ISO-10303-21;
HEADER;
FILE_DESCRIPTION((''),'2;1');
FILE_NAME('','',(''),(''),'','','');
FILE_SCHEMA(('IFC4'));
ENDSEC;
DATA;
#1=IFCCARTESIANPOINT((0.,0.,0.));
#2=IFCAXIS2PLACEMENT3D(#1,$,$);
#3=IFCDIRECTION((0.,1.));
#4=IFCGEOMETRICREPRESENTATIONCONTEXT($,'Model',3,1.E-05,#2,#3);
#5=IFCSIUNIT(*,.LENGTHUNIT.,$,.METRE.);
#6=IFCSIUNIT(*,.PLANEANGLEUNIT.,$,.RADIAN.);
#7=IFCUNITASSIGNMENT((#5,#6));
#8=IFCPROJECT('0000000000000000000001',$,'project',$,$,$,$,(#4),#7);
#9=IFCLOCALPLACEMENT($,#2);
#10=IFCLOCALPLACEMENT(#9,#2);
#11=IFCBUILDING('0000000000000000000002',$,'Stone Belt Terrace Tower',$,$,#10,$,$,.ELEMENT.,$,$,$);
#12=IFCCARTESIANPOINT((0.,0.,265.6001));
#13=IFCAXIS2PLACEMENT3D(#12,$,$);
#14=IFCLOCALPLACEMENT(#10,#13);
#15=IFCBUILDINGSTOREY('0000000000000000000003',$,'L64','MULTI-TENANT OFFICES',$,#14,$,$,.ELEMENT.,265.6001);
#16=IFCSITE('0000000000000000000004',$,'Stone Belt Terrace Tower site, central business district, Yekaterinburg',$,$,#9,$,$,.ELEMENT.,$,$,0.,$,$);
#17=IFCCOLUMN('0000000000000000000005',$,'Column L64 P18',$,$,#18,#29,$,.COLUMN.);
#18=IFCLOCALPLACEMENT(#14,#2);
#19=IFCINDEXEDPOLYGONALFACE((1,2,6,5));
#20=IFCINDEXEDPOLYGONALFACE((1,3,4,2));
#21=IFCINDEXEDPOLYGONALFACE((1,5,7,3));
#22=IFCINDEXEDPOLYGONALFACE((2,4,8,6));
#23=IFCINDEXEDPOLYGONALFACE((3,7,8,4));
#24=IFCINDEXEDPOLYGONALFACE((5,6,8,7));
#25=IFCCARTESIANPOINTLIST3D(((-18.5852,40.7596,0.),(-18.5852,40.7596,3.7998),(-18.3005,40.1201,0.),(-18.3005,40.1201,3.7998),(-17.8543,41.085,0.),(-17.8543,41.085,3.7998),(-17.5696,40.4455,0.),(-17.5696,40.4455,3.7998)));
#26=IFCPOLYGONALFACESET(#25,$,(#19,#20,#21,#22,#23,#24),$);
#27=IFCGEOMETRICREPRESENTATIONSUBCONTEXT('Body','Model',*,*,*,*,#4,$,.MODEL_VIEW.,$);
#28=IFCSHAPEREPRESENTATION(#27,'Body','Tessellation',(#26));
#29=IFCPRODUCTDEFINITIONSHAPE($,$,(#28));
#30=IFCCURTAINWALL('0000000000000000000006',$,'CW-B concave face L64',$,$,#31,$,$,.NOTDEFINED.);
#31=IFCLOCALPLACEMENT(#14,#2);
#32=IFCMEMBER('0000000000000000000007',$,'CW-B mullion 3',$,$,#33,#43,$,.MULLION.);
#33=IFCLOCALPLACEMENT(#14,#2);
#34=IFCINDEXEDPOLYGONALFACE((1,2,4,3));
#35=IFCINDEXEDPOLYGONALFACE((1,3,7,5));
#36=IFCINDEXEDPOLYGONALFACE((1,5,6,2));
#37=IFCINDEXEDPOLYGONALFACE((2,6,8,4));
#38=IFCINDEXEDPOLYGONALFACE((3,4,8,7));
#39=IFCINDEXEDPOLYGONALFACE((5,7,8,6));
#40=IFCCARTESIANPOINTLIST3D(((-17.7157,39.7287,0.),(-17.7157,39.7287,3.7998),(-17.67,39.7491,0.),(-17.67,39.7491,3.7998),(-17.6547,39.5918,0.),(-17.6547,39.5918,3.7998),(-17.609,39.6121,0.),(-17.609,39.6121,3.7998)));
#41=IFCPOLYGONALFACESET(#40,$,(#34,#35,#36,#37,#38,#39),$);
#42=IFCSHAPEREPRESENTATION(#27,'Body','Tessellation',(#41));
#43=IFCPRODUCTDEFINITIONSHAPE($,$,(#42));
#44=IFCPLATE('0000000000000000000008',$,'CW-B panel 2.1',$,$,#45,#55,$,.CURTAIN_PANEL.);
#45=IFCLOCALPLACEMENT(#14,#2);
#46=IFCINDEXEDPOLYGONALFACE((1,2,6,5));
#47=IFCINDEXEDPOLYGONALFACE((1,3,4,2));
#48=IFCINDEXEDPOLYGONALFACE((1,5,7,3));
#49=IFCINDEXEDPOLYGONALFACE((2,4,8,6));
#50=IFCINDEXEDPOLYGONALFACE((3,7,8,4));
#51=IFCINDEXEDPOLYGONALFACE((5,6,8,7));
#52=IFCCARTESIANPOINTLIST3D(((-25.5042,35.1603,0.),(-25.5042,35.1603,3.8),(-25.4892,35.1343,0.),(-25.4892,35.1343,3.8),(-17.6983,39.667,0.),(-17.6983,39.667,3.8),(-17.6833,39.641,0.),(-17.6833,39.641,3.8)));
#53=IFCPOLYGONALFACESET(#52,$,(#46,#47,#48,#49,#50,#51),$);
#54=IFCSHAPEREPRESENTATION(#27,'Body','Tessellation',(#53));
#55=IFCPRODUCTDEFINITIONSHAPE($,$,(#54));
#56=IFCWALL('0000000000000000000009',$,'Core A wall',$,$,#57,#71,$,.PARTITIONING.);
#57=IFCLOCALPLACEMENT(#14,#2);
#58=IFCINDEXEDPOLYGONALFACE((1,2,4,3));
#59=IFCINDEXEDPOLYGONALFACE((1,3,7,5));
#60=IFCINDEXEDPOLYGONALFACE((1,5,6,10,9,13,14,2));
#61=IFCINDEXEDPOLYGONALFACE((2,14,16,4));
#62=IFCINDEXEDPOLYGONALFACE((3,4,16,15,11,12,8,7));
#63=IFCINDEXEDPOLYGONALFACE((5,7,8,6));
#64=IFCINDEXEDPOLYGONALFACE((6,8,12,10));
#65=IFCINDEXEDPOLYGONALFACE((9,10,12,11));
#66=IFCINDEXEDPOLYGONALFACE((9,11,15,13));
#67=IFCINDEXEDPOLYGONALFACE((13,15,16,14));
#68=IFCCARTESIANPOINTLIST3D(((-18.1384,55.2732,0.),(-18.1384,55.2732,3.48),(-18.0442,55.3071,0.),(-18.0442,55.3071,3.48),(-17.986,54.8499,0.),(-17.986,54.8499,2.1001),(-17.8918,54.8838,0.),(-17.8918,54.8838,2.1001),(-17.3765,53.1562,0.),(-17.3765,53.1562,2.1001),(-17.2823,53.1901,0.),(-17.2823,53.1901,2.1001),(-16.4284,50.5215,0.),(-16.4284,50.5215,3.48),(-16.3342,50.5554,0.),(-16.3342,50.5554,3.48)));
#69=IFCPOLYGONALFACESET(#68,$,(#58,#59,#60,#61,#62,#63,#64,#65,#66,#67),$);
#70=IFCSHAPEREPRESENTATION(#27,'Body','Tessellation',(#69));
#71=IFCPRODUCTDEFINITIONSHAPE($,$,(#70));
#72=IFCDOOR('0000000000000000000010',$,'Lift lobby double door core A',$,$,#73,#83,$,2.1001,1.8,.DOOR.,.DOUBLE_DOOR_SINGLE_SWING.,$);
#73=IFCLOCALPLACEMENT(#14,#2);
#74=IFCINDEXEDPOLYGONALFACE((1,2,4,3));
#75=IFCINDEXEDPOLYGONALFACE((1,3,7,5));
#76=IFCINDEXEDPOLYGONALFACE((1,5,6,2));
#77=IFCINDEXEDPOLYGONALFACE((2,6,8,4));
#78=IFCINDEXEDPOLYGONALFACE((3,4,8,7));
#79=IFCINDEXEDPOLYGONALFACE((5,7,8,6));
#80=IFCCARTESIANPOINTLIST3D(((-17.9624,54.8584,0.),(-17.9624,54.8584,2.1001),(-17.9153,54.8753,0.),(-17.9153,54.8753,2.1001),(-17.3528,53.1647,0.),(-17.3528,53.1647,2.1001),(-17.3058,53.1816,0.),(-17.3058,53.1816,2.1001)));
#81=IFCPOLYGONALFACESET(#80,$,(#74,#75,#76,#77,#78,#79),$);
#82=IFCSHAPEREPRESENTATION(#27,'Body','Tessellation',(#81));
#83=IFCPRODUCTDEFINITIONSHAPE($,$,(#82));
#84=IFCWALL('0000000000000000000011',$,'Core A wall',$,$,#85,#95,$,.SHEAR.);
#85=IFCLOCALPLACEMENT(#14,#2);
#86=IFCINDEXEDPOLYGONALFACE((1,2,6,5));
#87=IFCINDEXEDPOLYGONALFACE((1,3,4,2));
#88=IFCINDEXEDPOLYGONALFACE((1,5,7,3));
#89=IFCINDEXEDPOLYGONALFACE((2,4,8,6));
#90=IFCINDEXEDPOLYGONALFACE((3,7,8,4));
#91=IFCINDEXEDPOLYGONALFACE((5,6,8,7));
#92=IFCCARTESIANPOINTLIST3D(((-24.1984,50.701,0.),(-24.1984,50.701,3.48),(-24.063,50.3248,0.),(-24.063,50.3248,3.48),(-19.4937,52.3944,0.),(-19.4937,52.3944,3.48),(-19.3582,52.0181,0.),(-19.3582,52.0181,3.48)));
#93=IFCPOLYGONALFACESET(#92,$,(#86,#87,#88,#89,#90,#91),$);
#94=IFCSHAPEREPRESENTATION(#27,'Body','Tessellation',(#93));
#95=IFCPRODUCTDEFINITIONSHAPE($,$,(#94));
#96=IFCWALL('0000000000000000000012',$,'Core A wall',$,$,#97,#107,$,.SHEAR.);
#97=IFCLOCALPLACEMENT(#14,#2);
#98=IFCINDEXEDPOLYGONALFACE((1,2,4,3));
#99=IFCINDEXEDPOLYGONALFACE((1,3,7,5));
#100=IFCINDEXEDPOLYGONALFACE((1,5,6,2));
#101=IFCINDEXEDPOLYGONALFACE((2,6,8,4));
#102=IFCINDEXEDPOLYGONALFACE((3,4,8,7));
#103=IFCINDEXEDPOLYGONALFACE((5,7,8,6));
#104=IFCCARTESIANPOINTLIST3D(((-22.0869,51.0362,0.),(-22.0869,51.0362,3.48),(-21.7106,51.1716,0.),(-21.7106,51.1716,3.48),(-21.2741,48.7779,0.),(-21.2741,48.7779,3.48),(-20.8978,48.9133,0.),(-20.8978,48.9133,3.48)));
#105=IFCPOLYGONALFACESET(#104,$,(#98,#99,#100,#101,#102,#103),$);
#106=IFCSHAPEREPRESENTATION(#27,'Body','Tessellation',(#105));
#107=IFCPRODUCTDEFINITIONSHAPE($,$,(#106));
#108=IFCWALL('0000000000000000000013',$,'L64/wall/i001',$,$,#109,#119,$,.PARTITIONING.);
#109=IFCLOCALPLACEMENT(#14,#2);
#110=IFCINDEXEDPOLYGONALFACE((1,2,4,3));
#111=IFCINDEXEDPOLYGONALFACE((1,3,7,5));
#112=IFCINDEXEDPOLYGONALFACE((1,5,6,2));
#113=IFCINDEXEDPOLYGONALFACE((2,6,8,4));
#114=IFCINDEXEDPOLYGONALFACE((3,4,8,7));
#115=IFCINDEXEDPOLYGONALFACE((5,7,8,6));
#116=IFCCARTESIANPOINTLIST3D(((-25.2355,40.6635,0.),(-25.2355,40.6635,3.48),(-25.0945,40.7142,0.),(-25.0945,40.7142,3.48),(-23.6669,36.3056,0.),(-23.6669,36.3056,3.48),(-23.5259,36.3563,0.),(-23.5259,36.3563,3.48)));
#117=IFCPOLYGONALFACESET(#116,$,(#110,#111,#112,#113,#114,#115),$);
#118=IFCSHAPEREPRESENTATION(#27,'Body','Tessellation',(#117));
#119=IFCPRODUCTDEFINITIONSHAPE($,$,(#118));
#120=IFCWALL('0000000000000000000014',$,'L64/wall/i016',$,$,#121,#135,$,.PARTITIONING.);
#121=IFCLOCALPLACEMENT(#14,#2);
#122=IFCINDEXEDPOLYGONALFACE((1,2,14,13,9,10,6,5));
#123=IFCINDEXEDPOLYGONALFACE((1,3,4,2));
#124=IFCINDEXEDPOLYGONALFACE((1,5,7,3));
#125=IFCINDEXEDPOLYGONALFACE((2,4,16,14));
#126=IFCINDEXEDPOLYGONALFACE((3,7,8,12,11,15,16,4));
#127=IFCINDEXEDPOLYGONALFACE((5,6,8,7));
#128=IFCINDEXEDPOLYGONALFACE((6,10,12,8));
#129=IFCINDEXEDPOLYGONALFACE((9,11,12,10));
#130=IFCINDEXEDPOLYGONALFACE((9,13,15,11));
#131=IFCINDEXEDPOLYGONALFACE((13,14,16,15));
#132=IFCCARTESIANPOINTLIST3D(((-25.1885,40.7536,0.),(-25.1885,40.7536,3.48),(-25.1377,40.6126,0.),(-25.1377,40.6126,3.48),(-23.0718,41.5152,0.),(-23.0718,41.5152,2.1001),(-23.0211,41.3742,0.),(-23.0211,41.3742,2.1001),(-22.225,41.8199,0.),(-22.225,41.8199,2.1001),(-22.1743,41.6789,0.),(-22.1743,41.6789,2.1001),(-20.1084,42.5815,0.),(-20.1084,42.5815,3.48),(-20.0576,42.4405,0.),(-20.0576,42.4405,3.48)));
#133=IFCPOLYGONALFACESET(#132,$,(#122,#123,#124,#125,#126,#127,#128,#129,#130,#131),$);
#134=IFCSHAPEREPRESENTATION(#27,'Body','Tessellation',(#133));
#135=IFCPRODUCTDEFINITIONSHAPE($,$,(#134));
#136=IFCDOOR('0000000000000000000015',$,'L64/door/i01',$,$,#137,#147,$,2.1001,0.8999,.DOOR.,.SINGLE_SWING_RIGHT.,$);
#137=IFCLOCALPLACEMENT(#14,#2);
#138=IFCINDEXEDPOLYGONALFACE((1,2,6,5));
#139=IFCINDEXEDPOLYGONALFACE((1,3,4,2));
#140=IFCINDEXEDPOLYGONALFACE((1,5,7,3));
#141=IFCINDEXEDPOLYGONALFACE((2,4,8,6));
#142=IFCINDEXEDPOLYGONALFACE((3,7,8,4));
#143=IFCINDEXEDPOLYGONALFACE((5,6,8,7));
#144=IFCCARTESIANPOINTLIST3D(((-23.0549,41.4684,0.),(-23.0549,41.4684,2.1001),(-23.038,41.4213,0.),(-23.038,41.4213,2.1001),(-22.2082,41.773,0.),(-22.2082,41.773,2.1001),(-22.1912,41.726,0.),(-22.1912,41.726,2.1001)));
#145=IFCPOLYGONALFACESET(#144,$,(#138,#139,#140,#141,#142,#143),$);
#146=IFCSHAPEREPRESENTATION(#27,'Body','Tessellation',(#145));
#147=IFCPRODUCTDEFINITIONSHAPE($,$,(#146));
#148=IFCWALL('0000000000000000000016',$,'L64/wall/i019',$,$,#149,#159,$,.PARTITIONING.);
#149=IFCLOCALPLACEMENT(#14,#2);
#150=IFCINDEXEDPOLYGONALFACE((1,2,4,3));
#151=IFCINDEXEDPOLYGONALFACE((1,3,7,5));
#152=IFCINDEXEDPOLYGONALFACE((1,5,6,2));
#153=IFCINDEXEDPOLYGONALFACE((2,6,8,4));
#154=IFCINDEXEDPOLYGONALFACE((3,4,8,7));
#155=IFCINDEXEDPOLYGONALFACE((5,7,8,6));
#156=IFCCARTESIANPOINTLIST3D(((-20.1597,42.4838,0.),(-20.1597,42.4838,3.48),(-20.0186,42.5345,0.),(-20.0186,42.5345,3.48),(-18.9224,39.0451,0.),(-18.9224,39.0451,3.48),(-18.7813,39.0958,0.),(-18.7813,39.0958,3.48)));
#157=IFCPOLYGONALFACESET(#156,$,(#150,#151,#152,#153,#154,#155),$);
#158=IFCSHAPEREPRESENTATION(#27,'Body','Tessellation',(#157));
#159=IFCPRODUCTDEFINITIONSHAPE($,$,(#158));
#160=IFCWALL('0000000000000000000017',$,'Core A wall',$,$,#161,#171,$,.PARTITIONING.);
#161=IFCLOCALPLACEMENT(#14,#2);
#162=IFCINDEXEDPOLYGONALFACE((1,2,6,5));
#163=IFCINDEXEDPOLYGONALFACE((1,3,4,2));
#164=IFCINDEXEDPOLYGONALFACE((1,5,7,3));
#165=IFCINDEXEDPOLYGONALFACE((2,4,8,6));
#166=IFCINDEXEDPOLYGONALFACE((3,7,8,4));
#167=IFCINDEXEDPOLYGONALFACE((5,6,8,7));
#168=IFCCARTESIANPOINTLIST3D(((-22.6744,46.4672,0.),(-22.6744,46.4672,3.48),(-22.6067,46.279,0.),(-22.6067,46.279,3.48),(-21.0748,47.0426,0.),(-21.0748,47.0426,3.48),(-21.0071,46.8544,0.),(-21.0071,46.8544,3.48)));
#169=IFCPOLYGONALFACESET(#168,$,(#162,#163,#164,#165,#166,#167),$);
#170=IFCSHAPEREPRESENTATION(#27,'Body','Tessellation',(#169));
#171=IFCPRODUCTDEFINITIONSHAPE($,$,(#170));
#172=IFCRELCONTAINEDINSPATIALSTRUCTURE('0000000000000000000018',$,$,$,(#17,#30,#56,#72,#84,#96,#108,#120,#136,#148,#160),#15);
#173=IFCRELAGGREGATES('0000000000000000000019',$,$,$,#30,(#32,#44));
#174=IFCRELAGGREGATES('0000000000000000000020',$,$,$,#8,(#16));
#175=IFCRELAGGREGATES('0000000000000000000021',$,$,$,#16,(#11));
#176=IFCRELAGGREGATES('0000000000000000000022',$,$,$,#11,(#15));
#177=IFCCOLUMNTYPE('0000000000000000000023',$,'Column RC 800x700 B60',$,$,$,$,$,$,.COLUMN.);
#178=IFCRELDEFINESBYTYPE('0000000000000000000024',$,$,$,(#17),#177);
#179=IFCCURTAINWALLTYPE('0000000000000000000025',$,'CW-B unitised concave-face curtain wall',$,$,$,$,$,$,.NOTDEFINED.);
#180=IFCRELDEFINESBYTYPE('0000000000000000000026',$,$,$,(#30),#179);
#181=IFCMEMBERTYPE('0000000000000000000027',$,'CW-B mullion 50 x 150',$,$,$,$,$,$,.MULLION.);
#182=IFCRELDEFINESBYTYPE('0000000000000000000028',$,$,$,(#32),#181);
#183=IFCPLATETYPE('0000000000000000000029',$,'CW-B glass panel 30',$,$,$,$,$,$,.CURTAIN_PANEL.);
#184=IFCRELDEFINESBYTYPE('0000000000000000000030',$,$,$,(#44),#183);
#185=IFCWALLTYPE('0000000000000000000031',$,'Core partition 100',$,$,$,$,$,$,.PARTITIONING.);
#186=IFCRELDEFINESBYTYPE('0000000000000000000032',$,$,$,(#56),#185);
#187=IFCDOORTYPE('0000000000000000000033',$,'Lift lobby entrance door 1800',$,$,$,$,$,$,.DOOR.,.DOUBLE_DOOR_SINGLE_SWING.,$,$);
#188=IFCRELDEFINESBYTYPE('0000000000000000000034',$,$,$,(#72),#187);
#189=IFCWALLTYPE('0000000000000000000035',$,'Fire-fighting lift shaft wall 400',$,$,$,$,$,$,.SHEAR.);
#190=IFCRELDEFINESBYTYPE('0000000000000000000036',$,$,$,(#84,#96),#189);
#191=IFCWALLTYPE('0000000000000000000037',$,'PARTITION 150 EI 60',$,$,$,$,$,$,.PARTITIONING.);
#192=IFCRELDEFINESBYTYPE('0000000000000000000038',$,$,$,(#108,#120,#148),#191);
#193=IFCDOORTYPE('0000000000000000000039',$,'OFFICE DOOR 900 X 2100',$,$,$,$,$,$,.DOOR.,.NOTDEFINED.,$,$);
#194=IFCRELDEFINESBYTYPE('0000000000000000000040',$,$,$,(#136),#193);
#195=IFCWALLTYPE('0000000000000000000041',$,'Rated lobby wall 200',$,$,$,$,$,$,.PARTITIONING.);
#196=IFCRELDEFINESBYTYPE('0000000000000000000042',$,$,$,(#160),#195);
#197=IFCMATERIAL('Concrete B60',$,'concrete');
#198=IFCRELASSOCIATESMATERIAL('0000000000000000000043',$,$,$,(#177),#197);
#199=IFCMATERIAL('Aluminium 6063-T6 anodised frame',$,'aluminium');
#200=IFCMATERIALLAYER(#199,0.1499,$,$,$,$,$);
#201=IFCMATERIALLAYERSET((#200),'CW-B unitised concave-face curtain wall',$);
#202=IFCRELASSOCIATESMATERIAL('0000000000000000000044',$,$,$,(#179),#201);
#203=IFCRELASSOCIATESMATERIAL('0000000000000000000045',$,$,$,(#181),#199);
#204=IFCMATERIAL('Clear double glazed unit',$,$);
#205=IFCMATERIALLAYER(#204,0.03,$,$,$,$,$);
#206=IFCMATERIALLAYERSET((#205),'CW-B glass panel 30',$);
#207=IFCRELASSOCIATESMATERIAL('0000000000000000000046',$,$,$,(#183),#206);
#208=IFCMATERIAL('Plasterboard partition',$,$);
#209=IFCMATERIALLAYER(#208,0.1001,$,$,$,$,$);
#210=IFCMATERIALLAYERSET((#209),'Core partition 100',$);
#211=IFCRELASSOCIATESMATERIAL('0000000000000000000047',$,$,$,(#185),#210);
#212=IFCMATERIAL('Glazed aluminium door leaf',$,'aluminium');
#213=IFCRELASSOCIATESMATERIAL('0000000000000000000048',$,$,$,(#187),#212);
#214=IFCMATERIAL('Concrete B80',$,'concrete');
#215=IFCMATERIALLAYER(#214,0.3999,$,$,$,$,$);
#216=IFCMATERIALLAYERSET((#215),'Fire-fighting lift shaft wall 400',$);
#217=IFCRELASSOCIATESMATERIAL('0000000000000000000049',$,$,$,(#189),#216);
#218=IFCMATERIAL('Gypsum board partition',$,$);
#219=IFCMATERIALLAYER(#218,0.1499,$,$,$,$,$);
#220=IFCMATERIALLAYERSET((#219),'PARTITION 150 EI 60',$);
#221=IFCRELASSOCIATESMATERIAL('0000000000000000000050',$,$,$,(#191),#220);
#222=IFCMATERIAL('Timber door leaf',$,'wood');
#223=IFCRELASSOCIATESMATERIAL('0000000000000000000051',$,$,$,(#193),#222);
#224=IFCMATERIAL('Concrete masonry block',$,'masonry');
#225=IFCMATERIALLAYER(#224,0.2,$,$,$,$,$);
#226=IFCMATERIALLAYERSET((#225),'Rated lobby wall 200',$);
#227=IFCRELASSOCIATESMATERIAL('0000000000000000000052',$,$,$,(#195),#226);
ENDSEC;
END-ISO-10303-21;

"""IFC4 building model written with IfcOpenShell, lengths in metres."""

from ifc_helpers import new_model, si_unit, direction, frame, frame_2d, origin, origin_2d, place, context, subcontext, project, spatial, rectangle, extrude, material, layer, layer_set, material_profile, profile_set, type_object, element, fill, aggregate, save


model = new_model("IFC4")

# Units and contexts
model_context = context("Model", 3, precision=1e-05, world=origin(), true_north=direction((0.0, 1.0)))
body_context = subcontext(model_context, "Body", "Model", "MODEL_VIEW")
ifc_project = project(units=[si_unit("LENGTHUNIT", "METRE"), si_unit("PLANEANGLEUNIT", "RADIAN")], contexts=[model_context])

# Site, building, storey
site_placement = place(None, origin())
site = spatial("IfcSite", under=ifc_project, at=site_placement, Name="Stone Belt Terrace Tower site, central business district, Yekaterinburg", CompositionType="ELEMENT", RefElevation=0.0)
building_placement = place(site_placement, origin())
building = spatial("IfcBuilding", under=site, at=building_placement, Name="Stone Belt Terrace Tower", CompositionType="ELEMENT")
storey_placement = place(building_placement, frame((0.0, 0.0, 265.6001)))
storey = spatial("IfcBuildingStorey", under=building, at=storey_placement, Name="L64", Description="MULTI-TENANT OFFICES", CompositionType="ELEMENT", Elevation=265.6001)

# Column
ifc_material_1 = material(Name="Concrete B60", Category="concrete")
ifc_material_profile_1 = material_profile(ifc_material_1, rectangle(XDim=0.8, YDim=0.7, at=origin_2d()), Name="RC 800x700")
ifc_profile_set_1 = profile_set([ifc_material_profile_1], Name="Concrete B60")
column_type = type_object("IfcColumnType", Name="Column RC 800x700 B60", PredefinedType="COLUMN", material=ifc_profile_set_1)
column_placement = place(storey_placement, frame((-18.0774, 40.6025, 0.0), z_axis=(0.0, 0.0, 1.0), x_axis=(0.913545, 0.406737, 0.0)))
element("IfcColumn", 1, at=column_placement, inside=storey, type_object=column_type, Name="Column L64 P18", PredefinedType="COLUMN", context=body_context, shape_type="SweptSolid", body=[
    extrude(rectangle(XDim=0.8, YDim=0.7, at=origin_2d()), origin(), (0.0, 0.0, 1.0), 3.7998),
])

# Curtain wall, member, plate
ifc_material_2 = material(Name="Aluminium 6063-T6 anodised frame", Category="aluminium")
ifc_layer_1 = layer(ifc_material_2, 0.1499)
ifc_layer_set_1 = layer_set([ifc_layer_1], Name="CW-B unitised concave-face curtain wall")
curtain_wall_type = type_object("IfcCurtainWallType", Name="CW-B unitised concave-face curtain wall", PredefinedType="NOTDEFINED", material=ifc_layer_set_1)
curtain_wall_placement = place(storey_placement, origin())
curtain_wall = element("IfcCurtainWall", 2, at=curtain_wall_placement, inside=storey, type_object=curtain_wall_type, Name="CW-B concave face L64", PredefinedType="NOTDEFINED")
ifc_material_profile_2 = material_profile(ifc_material_2, rectangle(XDim=0.1499, YDim=0.05, at=origin_2d()), Name="Aluminium 6063-T6 50x150")
ifc_profile_set_2 = profile_set([ifc_material_profile_2], Name="Aluminium 6063-T6 anodised frame")
member_type = type_object("IfcMemberType", Name="CW-B mullion 50 x 150", PredefinedType="MULLION", material=ifc_profile_set_2)
member_placement = place(storey_placement, frame((-17.6624, 39.6704, 0.0), z_axis=(0.0, 0.0, 1.0), x_axis=(-0.406737, 0.913545, 0.0)))
member = element("IfcMember", 3, at=member_placement, type_object=member_type, Name="CW-B mullion 3", PredefinedType="MULLION", context=body_context, shape_type="SweptSolid", body=[
    extrude(rectangle(XDim=0.1499, YDim=0.05, at=origin_2d()), origin(), (0.0, 0.0, 1.0), 3.7998),
])
ifc_material_3 = material(Name="Clear double glazed unit")
ifc_layer_2 = layer(ifc_material_3, 0.03)
ifc_layer_set_2 = layer_set([ifc_layer_2], Name="CW-B glass panel 30")
plate_type = type_object("IfcPlateType", Name="CW-B glass panel 30", PredefinedType="CURTAIN_PANEL", material=ifc_layer_set_2)
plate_placement = place(storey_placement, frame((-21.5938, 37.4006, 0.0), z_axis=(0.0, 0.0, 1.0), x_axis=(0.866025, 0.5, 0.0)))
plate = element("IfcPlate", 4, at=plate_placement, type_object=plate_type, Name="CW-B panel 2.1", PredefinedType="CURTAIN_PANEL", context=body_context, shape_type="SweptSolid", body=[
    extrude(rectangle(XDim=9.0134, YDim=0.03, at=origin_2d()), origin(), (0.0, 0.0, 1.0), 3.8),
])
aggregate(curtain_wall, [member, plate])

# Wall, opening, door
ifc_material_4 = material(Name="Plasterboard partition")
ifc_layer_3 = layer(ifc_material_4, 0.1001)
ifc_layer_set_3 = layer_set([ifc_layer_3], Name="Core partition 100")
wall_type_1 = type_object("IfcWallType", Name="Core partition 100", PredefinedType="PARTITIONING", material=ifc_layer_set_3)
wall_1_placement = place(storey_placement, frame((-16.3813, 50.5386, 0.0), z_axis=(0.0, 0.0, 1.0), x_axis=(-0.338605, 0.940929, 0.0)))
wall_1 = element("IfcWall", 5, at=wall_1_placement, inside=storey, type_object=wall_type_1, Name="Core A wall", PredefinedType="PARTITIONING", context=body_context, shape_type="SweptSolid", body=[
    extrude(rectangle(XDim=5.05, YDim=0.1001, at=frame_2d((2.5249, 0.0))), origin(), (0.0, 0.0, 1.0), 3.48),
])
opening_1_placement = place(wall_1_placement, frame((2.8, 0.0, 0.0)))
opening_1 = element("IfcOpeningElement", 6, at=opening_1_placement, cuts=wall_1, PredefinedType="OPENING", context=body_context, shape_type="SweptSolid", body=[
    extrude(rectangle(XDim=1.8, YDim=2.1001, at=frame_2d((0.8999, 1.05))), frame((0.0, 0.0601, 0.0), z_axis=(0.0, -1.0, 0.0), x_axis=(1.0, 0.0, 0.0)), (0.0, 0.0, 1.0), 0.1201),
])
ifc_material_5 = material(Name="Glazed aluminium door leaf", Category="aluminium")
door_type_1 = type_object("IfcDoorType", Name="Lift lobby entrance door 1800", OperationType="DOUBLE_DOOR_SINGLE_SWING", PredefinedType="DOOR", material=ifc_material_5)
door_1_placement = place(opening_1_placement, origin())
door_1 = element("IfcDoor", 7, at=door_1_placement, inside=storey, type_object=door_type_1, Name="Lift lobby double door core A", OperationType="DOUBLE_DOOR_SINGLE_SWING", OverallHeight=2.1001, OverallWidth=1.8, PredefinedType="DOOR", context=body_context, shape_type="SweptSolid", body=[
    extrude(rectangle(XDim=1.8, YDim=2.1001, at=frame_2d((0.8999, 1.05))), frame((0.0, 0.0249, 0.0), z_axis=(0.0, -1.0, 0.0), x_axis=(1.0, 0.0, 0.0)), (0.0, 0.0, 1.0), 0.05),
])
fill(opening_1, door_1)

# Walls
ifc_material_6 = material(Name="Concrete B80", Category="concrete")
ifc_layer_4 = layer(ifc_material_6, 0.3999)
ifc_layer_set_4 = layer_set([ifc_layer_4], Name="Fire-fighting lift shaft wall 400")
wall_type_2 = type_object("IfcWallType", Name="Fire-fighting lift shaft wall 400", PredefinedType="SHEAR", material=ifc_layer_set_4)
wall_2_placement = place(storey_placement, frame((-24.1306, 50.5129, 0.0), z_axis=(0.0, 0.0, 1.0), x_axis=(0.940912, 0.338652, 0.0)))
element("IfcWall", 8, at=wall_2_placement, inside=storey, type_object=wall_type_2, Name="Core A wall", PredefinedType="SHEAR", context=body_context, shape_type="SweptSolid", body=[
    extrude(rectangle(XDim=5.0002, YDim=0.3999, at=frame_2d((2.5, 0.0))), origin(), (0.0, 0.0, 1.0), 3.48),
])
wall_3_placement = place(storey_placement, frame((-21.0859, 48.8455, 0.0), z_axis=(0.0, 0.0, 1.0), x_axis=(-0.338629, 0.94092, 0.0)))
element("IfcWall", 9, at=wall_3_placement, inside=storey, type_object=wall_type_2, Name="Core A wall", PredefinedType="SHEAR", context=body_context, shape_type="SweptSolid", body=[
    extrude(rectangle(XDim=2.4001, YDim=0.3999, at=frame_2d((1.2002, 0.0))), origin(), (0.0, 0.0, 1.0), 3.48),
])
ifc_material_7 = material(Name="Gypsum board partition")
ifc_layer_5 = layer(ifc_material_7, 0.1499)
ifc_layer_set_5 = layer_set([ifc_layer_5], Name="PARTITION 150 EI 60")
wall_type_3 = type_object("IfcWallType", Name="PARTITION 150 EI 60", PredefinedType="PARTITIONING", material=ifc_layer_set_5)
wall_4_placement = place(storey_placement, frame((-25.165, 40.689, 0.0), z_axis=(0.0, 0.0, 1.0), x_axis=(0.338673, -0.940904, 0.0)))
element("IfcWall", 10, at=wall_4_placement, inside=storey, type_object=wall_type_3, Name="L64/wall/i001", PredefinedType="PARTITIONING", context=body_context, shape_type="SweptSolid", body=[
    extrude(rectangle(XDim=4.6316, YDim=0.1499, at=frame_2d((2.3159, 0.0))), origin(), (0.0, 0.0, 1.0), 3.48),
])

# Wall, opening, door
wall_5_placement = place(storey_placement, frame((-20.083, 42.511, 0.0), z_axis=(0.0, 0.0, 1.0), x_axis=(-0.940943, -0.338564, 0.0)))
wall_5 = element("IfcWall", 11, at=wall_5_placement, inside=storey, type_object=wall_type_3, Name="L64/wall/i016", PredefinedType="PARTITIONING", context=body_context, shape_type="SweptSolid", body=[
    extrude(rectangle(XDim=5.3989, YDim=0.1499, at=frame_2d((2.6995, 0.0))), origin(), (0.0, 0.0, 1.0), 3.48),
])
opening_2_placement = place(wall_5_placement, frame((2.2495, 0.0, 0.0)))
opening_2 = element("IfcOpeningElement", 12, at=opening_2_placement, cuts=wall_5, PredefinedType="OPENING", context=body_context, shape_type="SweptSolid", body=[
    extrude(rectangle(XDim=0.8999, YDim=2.1001, at=frame_2d((0.45, 1.05))), frame((0.0, 0.085, 0.0), z_axis=(0.0, -1.0, 0.0), x_axis=(1.0, 0.0, 0.0)), (0.0, 0.0, 1.0), 0.1699),
])
ifc_material_8 = material(Name="Timber door leaf", Category="wood")
door_type_2 = type_object("IfcDoorType", Name="OFFICE DOOR 900 X 2100", OperationType="NOTDEFINED", PredefinedType="DOOR", material=ifc_material_8)
door_2_placement = place(opening_2_placement, origin())
door_2 = element("IfcDoor", 13, at=door_2_placement, inside=storey, type_object=door_type_2, Name="L64/door/i01", OperationType="SINGLE_SWING_RIGHT", OverallHeight=2.1001, OverallWidth=0.8999, PredefinedType="DOOR", context=body_context, shape_type="SweptSolid", body=[
    extrude(rectangle(XDim=0.8999, YDim=2.1001, at=frame_2d((0.45, 1.05))), frame((0.0, 0.0249, 0.0), z_axis=(0.0, -1.0, 0.0), x_axis=(1.0, 0.0, 0.0)), (0.0, 0.0, 1.0), 0.05),
])
fill(opening_2, door_2)

# Walls
wall_6_placement = place(storey_placement, frame((-20.0891, 42.509, 0.0), z_axis=(0.0, 0.0, 1.0), x_axis=(0.338566, -0.940943, 0.0)))
element("IfcWall", 14, at=wall_6_placement, inside=storey, type_object=wall_type_3, Name="L64/wall/i019", PredefinedType="PARTITIONING", context=body_context, shape_type="SweptSolid", body=[
    extrude(rectangle(XDim=3.6545, YDim=0.1499, at=frame_2d((1.8271, 0.0))), origin(), (0.0, 0.0, 1.0), 3.48),
])
ifc_material_9 = material(Name="Concrete masonry block", Category="masonry")
ifc_layer_6 = layer(ifc_material_9, 0.2)
ifc_layer_set_6 = layer_set([ifc_layer_6], Name="Rated lobby wall 200")
wall_type_4 = type_object("IfcWallType", Name="Rated lobby wall 200", PredefinedType="PARTITIONING", material=ifc_layer_set_6)
wall_7_placement = place(storey_placement, frame((-22.6406, 46.373, 0.0), z_axis=(0.0, 0.0, 1.0), x_axis=(0.940966, 0.338501, 0.0)))
element("IfcWall", 15, at=wall_7_placement, inside=storey, type_object=wall_type_4, Name="Core A wall", PredefinedType="PARTITIONING", context=body_context, shape_type="SweptSolid", body=[
    extrude(rectangle(XDim=1.7, YDim=0.2, at=frame_2d((0.8501, 0.0))), origin(), (0.0, 0.0, 1.0), 3.48),
])

save(model, "model.ifc")
